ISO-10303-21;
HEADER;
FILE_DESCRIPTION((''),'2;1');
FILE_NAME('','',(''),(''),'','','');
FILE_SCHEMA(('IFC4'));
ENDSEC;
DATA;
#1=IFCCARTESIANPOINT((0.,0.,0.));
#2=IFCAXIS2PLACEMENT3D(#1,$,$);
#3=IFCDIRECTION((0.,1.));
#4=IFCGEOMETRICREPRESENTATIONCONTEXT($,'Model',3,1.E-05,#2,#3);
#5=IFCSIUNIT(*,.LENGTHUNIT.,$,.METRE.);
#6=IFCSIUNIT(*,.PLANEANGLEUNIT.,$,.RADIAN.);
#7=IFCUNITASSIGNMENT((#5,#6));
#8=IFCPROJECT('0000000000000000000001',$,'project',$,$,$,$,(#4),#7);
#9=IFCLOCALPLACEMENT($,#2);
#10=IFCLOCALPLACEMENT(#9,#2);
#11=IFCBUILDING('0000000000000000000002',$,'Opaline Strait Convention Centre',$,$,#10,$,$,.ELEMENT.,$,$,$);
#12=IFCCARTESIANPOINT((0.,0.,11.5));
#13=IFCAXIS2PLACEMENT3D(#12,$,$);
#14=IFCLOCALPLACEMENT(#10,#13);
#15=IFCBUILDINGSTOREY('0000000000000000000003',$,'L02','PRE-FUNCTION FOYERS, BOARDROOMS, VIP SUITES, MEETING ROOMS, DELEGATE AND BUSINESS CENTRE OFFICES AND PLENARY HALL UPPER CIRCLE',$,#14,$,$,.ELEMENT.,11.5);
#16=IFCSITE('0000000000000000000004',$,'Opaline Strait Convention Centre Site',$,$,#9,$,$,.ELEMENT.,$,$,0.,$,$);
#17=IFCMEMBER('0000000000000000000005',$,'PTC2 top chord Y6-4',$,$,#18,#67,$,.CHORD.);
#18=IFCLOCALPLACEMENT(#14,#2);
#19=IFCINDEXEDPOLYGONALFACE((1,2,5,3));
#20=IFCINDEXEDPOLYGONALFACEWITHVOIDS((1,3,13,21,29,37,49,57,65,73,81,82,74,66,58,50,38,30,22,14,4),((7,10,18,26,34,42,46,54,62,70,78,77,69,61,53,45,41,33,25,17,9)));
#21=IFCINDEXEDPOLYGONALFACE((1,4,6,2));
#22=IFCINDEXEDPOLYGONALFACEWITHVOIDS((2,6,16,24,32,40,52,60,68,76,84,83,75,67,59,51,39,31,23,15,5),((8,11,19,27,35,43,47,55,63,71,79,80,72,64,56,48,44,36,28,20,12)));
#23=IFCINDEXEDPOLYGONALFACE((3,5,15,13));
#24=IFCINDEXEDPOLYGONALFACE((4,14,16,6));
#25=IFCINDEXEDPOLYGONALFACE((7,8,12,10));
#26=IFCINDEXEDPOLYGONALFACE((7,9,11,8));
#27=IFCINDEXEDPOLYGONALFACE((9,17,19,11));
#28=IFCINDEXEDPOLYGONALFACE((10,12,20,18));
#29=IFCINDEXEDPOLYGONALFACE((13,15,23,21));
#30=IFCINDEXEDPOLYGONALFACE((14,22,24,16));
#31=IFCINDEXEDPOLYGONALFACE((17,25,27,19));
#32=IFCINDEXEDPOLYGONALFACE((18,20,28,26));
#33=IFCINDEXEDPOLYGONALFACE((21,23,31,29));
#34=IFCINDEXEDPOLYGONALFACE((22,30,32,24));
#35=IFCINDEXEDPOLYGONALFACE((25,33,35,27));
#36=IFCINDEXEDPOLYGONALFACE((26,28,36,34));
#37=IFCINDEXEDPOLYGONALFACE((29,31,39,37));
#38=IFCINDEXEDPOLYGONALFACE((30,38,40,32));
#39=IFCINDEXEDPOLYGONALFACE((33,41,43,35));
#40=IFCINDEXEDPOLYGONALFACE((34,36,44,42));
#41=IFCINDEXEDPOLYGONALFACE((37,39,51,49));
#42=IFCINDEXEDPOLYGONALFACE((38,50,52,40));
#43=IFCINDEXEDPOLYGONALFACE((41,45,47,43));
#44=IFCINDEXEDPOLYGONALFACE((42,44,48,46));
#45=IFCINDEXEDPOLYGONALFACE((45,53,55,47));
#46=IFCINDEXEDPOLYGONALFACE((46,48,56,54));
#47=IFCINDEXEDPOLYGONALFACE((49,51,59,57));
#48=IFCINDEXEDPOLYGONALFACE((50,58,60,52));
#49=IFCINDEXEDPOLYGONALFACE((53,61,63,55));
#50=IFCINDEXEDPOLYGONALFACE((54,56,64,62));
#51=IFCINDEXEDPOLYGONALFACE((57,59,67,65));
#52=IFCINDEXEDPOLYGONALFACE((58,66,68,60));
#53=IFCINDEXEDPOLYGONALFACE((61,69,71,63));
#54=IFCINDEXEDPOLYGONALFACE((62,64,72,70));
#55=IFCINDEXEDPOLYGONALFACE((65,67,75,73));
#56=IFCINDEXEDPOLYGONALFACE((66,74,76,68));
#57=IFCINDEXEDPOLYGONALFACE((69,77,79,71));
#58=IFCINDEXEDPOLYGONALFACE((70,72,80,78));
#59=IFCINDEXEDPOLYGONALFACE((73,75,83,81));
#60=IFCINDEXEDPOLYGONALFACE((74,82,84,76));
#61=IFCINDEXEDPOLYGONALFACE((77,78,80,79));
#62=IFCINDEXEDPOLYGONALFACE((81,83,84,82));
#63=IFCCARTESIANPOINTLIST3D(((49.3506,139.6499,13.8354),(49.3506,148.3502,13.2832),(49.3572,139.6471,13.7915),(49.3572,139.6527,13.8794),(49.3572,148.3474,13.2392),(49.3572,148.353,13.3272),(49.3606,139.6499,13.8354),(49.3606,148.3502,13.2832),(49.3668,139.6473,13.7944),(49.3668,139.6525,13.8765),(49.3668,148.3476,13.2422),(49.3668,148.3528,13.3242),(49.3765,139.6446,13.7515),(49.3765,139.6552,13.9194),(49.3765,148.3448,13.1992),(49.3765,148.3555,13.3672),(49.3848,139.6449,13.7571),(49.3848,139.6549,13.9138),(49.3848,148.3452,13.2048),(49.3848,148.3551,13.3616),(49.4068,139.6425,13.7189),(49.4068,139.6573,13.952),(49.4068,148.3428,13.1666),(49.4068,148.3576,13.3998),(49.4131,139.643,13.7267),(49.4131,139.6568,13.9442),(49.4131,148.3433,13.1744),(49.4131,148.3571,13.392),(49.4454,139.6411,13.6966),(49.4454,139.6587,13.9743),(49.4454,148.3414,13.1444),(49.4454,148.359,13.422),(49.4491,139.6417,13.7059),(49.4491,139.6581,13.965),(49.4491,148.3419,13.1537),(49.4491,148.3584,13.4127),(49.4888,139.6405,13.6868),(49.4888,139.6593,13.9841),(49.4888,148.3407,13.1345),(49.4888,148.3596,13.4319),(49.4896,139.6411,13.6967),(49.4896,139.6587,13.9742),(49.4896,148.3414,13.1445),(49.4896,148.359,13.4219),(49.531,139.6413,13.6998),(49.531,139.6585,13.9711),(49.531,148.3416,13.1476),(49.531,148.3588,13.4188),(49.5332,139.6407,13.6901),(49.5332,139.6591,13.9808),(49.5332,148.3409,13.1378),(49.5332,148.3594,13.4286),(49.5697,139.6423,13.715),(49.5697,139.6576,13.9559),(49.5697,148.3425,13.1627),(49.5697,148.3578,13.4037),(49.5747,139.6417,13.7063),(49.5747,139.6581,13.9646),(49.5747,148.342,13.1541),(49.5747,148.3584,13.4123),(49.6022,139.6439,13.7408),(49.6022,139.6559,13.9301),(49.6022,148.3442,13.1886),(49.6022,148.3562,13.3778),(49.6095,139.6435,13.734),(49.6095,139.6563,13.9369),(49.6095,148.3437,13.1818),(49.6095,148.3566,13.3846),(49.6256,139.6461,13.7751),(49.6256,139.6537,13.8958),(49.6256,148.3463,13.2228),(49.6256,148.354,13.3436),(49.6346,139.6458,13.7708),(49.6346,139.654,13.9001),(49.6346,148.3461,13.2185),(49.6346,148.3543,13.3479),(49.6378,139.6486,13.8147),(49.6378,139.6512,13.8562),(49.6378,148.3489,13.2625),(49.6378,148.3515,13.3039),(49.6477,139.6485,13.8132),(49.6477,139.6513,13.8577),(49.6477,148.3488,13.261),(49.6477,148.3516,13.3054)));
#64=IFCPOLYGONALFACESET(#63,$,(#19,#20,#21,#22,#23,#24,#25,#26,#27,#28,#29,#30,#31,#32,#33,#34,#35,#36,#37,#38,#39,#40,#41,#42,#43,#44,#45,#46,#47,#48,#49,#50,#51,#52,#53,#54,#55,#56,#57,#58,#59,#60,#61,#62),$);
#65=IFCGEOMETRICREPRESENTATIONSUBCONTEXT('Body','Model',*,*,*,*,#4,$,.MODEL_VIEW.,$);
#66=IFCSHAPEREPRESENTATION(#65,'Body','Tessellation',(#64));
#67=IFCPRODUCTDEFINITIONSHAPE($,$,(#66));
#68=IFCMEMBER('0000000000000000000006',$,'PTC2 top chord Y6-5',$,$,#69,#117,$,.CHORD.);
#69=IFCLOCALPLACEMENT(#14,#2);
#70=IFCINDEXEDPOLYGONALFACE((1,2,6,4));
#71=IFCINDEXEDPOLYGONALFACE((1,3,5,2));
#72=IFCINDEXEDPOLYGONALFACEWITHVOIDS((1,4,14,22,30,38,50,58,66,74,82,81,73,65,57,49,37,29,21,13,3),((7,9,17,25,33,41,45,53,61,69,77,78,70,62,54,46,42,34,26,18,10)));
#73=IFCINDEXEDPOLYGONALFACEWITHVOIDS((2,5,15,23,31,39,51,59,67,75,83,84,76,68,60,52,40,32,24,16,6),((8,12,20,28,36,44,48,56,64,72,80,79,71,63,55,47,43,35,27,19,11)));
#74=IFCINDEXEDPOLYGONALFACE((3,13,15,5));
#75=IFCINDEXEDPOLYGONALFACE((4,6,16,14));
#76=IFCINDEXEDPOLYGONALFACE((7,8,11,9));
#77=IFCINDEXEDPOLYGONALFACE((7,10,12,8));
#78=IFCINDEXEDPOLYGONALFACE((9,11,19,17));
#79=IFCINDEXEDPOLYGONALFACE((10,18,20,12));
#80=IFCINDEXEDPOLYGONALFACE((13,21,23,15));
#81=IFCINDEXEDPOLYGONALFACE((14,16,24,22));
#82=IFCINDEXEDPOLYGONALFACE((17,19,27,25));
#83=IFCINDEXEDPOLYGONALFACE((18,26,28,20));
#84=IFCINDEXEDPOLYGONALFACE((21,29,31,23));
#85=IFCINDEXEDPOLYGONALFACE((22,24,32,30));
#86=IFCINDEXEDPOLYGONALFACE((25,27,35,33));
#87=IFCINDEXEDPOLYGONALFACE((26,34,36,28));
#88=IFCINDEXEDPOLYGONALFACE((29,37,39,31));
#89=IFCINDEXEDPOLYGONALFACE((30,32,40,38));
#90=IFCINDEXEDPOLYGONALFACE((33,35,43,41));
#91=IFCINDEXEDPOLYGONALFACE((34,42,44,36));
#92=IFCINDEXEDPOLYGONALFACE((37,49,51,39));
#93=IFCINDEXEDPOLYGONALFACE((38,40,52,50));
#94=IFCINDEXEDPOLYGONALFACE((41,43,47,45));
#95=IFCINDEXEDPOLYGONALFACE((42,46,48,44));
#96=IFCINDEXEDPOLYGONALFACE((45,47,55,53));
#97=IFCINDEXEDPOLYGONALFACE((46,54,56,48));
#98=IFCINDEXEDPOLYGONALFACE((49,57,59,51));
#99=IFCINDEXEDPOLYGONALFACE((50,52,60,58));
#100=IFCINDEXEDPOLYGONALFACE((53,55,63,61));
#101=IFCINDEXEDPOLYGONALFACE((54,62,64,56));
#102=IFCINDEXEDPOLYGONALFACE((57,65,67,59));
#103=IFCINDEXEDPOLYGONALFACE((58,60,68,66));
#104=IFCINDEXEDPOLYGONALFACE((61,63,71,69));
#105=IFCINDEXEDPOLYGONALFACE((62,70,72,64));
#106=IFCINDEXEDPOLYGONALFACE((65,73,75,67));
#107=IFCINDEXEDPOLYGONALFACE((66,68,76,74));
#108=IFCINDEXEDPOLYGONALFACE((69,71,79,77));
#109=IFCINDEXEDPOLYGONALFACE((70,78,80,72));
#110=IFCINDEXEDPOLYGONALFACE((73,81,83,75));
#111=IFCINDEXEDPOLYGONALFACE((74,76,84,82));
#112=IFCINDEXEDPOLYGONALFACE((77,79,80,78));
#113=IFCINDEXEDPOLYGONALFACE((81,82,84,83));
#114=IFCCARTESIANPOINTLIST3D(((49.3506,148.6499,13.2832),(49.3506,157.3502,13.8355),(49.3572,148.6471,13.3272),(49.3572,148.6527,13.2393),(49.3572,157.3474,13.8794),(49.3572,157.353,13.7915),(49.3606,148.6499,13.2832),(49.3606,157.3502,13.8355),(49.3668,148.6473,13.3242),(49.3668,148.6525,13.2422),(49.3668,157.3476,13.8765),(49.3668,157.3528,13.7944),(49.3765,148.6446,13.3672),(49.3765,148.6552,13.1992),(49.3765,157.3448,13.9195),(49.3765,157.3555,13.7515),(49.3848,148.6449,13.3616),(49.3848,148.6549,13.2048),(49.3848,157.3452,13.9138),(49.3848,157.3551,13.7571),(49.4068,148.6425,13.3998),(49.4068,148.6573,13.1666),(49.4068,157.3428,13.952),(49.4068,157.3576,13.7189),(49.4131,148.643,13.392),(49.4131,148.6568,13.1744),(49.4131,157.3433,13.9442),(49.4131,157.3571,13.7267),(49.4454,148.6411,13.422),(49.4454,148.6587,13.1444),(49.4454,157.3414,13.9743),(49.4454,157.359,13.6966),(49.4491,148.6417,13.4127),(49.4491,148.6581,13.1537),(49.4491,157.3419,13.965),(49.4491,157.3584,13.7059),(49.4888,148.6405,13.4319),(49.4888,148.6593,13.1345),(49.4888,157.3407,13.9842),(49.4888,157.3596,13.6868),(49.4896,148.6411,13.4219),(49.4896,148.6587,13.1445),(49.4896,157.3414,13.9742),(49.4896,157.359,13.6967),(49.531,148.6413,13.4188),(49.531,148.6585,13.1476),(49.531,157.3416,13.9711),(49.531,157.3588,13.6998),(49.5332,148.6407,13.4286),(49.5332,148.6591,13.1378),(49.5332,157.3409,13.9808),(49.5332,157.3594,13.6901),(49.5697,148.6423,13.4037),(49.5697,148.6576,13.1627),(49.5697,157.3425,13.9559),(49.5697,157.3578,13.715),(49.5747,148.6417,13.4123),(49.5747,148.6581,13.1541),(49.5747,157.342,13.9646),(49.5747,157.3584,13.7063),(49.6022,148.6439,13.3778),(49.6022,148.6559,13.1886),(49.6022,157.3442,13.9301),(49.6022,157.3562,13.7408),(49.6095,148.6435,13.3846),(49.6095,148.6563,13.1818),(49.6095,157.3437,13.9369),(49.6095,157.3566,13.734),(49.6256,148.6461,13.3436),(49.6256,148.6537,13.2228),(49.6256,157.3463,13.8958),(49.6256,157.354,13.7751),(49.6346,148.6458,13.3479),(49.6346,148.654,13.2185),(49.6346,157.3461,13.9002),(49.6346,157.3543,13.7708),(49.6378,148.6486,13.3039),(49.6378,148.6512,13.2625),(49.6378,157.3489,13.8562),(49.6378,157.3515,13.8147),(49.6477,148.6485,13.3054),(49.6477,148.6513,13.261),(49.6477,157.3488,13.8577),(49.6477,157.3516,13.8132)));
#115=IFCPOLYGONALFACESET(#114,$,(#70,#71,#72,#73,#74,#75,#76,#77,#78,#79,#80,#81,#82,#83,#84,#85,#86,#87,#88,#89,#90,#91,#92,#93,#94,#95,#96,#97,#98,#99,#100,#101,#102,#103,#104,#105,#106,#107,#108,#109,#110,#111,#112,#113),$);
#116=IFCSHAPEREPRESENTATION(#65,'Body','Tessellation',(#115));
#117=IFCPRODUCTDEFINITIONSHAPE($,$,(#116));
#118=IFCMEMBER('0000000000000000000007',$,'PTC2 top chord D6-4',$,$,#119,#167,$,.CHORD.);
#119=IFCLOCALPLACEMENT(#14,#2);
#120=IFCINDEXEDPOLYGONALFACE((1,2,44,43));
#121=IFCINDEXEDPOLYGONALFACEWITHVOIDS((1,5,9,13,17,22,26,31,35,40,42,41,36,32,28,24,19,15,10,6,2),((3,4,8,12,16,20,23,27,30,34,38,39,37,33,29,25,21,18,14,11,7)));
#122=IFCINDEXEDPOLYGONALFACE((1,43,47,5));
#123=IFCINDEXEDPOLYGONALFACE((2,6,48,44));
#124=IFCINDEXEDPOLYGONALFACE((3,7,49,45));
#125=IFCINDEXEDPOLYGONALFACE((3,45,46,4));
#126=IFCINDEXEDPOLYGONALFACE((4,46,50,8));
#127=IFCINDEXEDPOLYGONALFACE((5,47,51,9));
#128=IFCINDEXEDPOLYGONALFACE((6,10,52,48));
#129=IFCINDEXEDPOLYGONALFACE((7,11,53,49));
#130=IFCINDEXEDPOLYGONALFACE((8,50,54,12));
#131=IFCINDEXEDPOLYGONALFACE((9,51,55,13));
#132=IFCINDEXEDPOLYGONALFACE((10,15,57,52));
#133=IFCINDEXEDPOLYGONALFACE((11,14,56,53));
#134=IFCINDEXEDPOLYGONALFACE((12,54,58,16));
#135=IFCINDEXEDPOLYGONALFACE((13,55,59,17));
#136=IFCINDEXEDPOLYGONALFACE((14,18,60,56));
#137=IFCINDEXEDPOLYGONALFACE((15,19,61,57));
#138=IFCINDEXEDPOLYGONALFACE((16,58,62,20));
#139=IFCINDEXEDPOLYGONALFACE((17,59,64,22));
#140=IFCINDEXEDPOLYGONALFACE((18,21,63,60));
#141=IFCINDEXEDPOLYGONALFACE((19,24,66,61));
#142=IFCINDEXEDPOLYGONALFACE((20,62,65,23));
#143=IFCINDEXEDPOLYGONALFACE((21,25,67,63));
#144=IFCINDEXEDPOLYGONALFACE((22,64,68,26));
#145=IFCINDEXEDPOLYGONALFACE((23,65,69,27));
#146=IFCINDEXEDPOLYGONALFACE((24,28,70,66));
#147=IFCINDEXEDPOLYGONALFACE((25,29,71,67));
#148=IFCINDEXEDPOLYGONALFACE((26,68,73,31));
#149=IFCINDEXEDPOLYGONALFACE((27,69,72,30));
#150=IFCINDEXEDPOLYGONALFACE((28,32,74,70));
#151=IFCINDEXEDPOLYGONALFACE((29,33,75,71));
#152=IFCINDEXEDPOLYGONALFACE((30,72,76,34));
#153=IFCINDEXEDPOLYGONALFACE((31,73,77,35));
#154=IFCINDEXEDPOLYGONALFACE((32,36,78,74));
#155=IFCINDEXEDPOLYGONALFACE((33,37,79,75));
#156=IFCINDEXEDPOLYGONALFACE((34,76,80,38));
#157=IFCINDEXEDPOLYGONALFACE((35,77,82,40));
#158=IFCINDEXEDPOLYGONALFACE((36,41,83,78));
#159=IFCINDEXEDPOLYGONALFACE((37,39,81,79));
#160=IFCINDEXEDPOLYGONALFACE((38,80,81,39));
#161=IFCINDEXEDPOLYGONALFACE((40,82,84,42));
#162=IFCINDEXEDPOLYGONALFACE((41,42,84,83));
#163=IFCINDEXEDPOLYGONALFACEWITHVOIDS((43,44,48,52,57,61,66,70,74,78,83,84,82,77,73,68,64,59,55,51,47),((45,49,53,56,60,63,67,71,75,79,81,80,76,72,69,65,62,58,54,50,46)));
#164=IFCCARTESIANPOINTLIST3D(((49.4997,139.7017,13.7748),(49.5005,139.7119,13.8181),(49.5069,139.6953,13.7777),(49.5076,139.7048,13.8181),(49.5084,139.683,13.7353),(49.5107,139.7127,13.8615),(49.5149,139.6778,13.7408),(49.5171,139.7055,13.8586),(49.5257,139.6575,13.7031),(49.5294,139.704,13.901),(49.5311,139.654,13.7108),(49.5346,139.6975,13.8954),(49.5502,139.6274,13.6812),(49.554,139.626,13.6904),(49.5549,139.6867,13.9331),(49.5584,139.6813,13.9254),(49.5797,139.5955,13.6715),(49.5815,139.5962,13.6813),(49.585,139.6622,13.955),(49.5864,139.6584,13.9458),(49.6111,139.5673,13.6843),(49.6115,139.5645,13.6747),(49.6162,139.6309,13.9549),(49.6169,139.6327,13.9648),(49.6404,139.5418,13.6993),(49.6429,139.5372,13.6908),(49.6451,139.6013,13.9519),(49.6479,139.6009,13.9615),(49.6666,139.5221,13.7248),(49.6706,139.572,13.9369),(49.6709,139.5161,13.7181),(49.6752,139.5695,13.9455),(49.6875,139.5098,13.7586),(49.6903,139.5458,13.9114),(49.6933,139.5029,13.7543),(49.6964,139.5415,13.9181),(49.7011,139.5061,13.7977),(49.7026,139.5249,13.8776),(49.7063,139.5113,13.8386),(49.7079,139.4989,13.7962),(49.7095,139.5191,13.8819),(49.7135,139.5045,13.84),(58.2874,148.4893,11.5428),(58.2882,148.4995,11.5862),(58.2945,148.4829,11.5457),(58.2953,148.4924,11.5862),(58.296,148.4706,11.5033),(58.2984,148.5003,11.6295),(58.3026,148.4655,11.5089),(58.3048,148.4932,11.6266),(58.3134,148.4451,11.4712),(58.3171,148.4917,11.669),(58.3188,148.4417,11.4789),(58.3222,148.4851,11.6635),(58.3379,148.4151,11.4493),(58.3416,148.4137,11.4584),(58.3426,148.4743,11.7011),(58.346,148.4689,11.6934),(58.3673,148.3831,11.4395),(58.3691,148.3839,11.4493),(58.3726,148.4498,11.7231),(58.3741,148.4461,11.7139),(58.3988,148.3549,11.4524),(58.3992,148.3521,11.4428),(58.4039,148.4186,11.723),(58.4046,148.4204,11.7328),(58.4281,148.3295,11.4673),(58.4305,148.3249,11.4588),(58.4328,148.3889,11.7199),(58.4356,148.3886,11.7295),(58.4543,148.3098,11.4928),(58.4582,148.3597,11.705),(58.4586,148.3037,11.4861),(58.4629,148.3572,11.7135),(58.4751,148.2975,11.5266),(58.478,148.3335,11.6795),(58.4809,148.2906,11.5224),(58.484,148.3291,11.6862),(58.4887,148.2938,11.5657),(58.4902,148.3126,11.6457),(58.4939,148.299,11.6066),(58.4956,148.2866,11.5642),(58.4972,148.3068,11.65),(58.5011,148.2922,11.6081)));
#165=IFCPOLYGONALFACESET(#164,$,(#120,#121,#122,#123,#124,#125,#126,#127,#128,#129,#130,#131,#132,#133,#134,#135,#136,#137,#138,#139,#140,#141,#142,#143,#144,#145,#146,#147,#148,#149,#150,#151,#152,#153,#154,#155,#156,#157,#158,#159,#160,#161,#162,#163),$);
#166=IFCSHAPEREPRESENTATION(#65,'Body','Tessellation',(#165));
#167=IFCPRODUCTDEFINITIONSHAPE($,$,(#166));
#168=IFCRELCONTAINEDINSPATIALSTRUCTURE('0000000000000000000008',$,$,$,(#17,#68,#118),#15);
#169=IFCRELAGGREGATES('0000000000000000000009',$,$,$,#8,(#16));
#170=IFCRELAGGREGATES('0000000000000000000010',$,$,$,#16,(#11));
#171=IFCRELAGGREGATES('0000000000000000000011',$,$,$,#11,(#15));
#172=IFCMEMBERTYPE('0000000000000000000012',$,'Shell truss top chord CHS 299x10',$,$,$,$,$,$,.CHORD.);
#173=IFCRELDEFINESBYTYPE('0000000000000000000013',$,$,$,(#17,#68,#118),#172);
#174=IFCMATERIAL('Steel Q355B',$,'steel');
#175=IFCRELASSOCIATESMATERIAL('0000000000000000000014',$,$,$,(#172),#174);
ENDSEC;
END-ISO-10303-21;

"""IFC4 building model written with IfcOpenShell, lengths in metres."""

from ifc_helpers import new_model, si_unit, direction, frame, origin, origin_2d, place, context, subcontext, project, spatial, hollow_circle, extrude, material, material_profile, profile_set, type_object, element, save


model = new_model("IFC4")

# Units and contexts
model_context = context("Model", 3, precision=1e-05, world=origin(), true_north=direction((0.0, 1.0)))
body_context = subcontext(model_context, "Body", "Model", "MODEL_VIEW")
ifc_project = project(units=[si_unit("LENGTHUNIT", "METRE"), si_unit("PLANEANGLEUNIT", "RADIAN")], contexts=[model_context])

# Site, building, storey
site_placement = place(None, origin())
site = spatial("IfcSite", under=ifc_project, at=site_placement, Name="Opaline Strait Convention Centre Site", CompositionType="ELEMENT", RefElevation=0.0)
building_placement = place(site_placement, origin())
building = spatial("IfcBuilding", under=site, at=building_placement, Name="Opaline Strait Convention Centre", CompositionType="ELEMENT")
storey_placement = place(building_placement, frame((0.0, 0.0, 11.5)))
storey = spatial("IfcBuildingStorey", under=building, at=storey_placement, Name="L02", Description="PRE-FUNCTION FOYERS, BOARDROOMS, VIP SUITES, MEETING ROOMS, DELEGATE AND BUSINESS CENTRE OFFICES AND PLENARY HALL UPPER CIRCLE", CompositionType="ELEMENT", Elevation=11.5)

# Members
ifc_material_1 = material(Name="Steel Q355B", Category="steel")
ifc_material_profile_1 = material_profile(ifc_material_1, hollow_circle(Radius=0.1494, WallThickness=0.01, at=origin_2d()), Name="CHS 299x10")
ifc_profile_set_1 = profile_set([ifc_material_profile_1], Name="Steel Q355B")
member_type_1 = type_object("IfcMemberType", Name="Shell truss top chord CHS 299x10", PredefinedType="CHORD", material=ifc_profile_set_1)
for number, where, z_axis, x_axis, name in (
    (1, (49.5, 139.6499, 13.8354), (0.0, 0.997992, -0.063348), (-1.0, 0.0, 0.0), "PTC2 top chord Y6-4"),
    (2, (49.5, 148.6499, 13.2832), (0.0, 0.997992, 0.063348), (-1.0, 0.0, 0.0), "PTC2 top chord Y6-5"),
):
    element("IfcMember", number, at=place(storey_placement, frame(where, z_axis=z_axis, x_axis=x_axis)), inside=storey, type_object=member_type_1, Name=name, PredefinedType="CHORD", context=body_context, shape_type="SweptSolid", body=[
        extrude(hollow_circle(Radius=0.1494, WallThickness=0.01, at=origin_2d()), origin(), (0.0, 0.0, 1.0), 8.7178),
    ])
member_1_placement = place(storey_placement, frame((49.6062, 139.6062, 13.8181), z_axis=(0.695972, 0.695972, -0.176768), x_axis=(-0.707107, 0.707107, 0.0)))
element("IfcMember", 3, at=member_1_placement, inside=storey, type_object=member_type_1, Name="PTC2 top chord D6-4", PredefinedType="CHORD", context=body_context, shape_type="SweptSolid", body=[
    extrude(hollow_circle(Radius=0.1494, WallThickness=0.01, at=origin_2d()), origin(), (0.0, 0.0, 1.0), 12.6265),
])

save(model, "model.ifc")
